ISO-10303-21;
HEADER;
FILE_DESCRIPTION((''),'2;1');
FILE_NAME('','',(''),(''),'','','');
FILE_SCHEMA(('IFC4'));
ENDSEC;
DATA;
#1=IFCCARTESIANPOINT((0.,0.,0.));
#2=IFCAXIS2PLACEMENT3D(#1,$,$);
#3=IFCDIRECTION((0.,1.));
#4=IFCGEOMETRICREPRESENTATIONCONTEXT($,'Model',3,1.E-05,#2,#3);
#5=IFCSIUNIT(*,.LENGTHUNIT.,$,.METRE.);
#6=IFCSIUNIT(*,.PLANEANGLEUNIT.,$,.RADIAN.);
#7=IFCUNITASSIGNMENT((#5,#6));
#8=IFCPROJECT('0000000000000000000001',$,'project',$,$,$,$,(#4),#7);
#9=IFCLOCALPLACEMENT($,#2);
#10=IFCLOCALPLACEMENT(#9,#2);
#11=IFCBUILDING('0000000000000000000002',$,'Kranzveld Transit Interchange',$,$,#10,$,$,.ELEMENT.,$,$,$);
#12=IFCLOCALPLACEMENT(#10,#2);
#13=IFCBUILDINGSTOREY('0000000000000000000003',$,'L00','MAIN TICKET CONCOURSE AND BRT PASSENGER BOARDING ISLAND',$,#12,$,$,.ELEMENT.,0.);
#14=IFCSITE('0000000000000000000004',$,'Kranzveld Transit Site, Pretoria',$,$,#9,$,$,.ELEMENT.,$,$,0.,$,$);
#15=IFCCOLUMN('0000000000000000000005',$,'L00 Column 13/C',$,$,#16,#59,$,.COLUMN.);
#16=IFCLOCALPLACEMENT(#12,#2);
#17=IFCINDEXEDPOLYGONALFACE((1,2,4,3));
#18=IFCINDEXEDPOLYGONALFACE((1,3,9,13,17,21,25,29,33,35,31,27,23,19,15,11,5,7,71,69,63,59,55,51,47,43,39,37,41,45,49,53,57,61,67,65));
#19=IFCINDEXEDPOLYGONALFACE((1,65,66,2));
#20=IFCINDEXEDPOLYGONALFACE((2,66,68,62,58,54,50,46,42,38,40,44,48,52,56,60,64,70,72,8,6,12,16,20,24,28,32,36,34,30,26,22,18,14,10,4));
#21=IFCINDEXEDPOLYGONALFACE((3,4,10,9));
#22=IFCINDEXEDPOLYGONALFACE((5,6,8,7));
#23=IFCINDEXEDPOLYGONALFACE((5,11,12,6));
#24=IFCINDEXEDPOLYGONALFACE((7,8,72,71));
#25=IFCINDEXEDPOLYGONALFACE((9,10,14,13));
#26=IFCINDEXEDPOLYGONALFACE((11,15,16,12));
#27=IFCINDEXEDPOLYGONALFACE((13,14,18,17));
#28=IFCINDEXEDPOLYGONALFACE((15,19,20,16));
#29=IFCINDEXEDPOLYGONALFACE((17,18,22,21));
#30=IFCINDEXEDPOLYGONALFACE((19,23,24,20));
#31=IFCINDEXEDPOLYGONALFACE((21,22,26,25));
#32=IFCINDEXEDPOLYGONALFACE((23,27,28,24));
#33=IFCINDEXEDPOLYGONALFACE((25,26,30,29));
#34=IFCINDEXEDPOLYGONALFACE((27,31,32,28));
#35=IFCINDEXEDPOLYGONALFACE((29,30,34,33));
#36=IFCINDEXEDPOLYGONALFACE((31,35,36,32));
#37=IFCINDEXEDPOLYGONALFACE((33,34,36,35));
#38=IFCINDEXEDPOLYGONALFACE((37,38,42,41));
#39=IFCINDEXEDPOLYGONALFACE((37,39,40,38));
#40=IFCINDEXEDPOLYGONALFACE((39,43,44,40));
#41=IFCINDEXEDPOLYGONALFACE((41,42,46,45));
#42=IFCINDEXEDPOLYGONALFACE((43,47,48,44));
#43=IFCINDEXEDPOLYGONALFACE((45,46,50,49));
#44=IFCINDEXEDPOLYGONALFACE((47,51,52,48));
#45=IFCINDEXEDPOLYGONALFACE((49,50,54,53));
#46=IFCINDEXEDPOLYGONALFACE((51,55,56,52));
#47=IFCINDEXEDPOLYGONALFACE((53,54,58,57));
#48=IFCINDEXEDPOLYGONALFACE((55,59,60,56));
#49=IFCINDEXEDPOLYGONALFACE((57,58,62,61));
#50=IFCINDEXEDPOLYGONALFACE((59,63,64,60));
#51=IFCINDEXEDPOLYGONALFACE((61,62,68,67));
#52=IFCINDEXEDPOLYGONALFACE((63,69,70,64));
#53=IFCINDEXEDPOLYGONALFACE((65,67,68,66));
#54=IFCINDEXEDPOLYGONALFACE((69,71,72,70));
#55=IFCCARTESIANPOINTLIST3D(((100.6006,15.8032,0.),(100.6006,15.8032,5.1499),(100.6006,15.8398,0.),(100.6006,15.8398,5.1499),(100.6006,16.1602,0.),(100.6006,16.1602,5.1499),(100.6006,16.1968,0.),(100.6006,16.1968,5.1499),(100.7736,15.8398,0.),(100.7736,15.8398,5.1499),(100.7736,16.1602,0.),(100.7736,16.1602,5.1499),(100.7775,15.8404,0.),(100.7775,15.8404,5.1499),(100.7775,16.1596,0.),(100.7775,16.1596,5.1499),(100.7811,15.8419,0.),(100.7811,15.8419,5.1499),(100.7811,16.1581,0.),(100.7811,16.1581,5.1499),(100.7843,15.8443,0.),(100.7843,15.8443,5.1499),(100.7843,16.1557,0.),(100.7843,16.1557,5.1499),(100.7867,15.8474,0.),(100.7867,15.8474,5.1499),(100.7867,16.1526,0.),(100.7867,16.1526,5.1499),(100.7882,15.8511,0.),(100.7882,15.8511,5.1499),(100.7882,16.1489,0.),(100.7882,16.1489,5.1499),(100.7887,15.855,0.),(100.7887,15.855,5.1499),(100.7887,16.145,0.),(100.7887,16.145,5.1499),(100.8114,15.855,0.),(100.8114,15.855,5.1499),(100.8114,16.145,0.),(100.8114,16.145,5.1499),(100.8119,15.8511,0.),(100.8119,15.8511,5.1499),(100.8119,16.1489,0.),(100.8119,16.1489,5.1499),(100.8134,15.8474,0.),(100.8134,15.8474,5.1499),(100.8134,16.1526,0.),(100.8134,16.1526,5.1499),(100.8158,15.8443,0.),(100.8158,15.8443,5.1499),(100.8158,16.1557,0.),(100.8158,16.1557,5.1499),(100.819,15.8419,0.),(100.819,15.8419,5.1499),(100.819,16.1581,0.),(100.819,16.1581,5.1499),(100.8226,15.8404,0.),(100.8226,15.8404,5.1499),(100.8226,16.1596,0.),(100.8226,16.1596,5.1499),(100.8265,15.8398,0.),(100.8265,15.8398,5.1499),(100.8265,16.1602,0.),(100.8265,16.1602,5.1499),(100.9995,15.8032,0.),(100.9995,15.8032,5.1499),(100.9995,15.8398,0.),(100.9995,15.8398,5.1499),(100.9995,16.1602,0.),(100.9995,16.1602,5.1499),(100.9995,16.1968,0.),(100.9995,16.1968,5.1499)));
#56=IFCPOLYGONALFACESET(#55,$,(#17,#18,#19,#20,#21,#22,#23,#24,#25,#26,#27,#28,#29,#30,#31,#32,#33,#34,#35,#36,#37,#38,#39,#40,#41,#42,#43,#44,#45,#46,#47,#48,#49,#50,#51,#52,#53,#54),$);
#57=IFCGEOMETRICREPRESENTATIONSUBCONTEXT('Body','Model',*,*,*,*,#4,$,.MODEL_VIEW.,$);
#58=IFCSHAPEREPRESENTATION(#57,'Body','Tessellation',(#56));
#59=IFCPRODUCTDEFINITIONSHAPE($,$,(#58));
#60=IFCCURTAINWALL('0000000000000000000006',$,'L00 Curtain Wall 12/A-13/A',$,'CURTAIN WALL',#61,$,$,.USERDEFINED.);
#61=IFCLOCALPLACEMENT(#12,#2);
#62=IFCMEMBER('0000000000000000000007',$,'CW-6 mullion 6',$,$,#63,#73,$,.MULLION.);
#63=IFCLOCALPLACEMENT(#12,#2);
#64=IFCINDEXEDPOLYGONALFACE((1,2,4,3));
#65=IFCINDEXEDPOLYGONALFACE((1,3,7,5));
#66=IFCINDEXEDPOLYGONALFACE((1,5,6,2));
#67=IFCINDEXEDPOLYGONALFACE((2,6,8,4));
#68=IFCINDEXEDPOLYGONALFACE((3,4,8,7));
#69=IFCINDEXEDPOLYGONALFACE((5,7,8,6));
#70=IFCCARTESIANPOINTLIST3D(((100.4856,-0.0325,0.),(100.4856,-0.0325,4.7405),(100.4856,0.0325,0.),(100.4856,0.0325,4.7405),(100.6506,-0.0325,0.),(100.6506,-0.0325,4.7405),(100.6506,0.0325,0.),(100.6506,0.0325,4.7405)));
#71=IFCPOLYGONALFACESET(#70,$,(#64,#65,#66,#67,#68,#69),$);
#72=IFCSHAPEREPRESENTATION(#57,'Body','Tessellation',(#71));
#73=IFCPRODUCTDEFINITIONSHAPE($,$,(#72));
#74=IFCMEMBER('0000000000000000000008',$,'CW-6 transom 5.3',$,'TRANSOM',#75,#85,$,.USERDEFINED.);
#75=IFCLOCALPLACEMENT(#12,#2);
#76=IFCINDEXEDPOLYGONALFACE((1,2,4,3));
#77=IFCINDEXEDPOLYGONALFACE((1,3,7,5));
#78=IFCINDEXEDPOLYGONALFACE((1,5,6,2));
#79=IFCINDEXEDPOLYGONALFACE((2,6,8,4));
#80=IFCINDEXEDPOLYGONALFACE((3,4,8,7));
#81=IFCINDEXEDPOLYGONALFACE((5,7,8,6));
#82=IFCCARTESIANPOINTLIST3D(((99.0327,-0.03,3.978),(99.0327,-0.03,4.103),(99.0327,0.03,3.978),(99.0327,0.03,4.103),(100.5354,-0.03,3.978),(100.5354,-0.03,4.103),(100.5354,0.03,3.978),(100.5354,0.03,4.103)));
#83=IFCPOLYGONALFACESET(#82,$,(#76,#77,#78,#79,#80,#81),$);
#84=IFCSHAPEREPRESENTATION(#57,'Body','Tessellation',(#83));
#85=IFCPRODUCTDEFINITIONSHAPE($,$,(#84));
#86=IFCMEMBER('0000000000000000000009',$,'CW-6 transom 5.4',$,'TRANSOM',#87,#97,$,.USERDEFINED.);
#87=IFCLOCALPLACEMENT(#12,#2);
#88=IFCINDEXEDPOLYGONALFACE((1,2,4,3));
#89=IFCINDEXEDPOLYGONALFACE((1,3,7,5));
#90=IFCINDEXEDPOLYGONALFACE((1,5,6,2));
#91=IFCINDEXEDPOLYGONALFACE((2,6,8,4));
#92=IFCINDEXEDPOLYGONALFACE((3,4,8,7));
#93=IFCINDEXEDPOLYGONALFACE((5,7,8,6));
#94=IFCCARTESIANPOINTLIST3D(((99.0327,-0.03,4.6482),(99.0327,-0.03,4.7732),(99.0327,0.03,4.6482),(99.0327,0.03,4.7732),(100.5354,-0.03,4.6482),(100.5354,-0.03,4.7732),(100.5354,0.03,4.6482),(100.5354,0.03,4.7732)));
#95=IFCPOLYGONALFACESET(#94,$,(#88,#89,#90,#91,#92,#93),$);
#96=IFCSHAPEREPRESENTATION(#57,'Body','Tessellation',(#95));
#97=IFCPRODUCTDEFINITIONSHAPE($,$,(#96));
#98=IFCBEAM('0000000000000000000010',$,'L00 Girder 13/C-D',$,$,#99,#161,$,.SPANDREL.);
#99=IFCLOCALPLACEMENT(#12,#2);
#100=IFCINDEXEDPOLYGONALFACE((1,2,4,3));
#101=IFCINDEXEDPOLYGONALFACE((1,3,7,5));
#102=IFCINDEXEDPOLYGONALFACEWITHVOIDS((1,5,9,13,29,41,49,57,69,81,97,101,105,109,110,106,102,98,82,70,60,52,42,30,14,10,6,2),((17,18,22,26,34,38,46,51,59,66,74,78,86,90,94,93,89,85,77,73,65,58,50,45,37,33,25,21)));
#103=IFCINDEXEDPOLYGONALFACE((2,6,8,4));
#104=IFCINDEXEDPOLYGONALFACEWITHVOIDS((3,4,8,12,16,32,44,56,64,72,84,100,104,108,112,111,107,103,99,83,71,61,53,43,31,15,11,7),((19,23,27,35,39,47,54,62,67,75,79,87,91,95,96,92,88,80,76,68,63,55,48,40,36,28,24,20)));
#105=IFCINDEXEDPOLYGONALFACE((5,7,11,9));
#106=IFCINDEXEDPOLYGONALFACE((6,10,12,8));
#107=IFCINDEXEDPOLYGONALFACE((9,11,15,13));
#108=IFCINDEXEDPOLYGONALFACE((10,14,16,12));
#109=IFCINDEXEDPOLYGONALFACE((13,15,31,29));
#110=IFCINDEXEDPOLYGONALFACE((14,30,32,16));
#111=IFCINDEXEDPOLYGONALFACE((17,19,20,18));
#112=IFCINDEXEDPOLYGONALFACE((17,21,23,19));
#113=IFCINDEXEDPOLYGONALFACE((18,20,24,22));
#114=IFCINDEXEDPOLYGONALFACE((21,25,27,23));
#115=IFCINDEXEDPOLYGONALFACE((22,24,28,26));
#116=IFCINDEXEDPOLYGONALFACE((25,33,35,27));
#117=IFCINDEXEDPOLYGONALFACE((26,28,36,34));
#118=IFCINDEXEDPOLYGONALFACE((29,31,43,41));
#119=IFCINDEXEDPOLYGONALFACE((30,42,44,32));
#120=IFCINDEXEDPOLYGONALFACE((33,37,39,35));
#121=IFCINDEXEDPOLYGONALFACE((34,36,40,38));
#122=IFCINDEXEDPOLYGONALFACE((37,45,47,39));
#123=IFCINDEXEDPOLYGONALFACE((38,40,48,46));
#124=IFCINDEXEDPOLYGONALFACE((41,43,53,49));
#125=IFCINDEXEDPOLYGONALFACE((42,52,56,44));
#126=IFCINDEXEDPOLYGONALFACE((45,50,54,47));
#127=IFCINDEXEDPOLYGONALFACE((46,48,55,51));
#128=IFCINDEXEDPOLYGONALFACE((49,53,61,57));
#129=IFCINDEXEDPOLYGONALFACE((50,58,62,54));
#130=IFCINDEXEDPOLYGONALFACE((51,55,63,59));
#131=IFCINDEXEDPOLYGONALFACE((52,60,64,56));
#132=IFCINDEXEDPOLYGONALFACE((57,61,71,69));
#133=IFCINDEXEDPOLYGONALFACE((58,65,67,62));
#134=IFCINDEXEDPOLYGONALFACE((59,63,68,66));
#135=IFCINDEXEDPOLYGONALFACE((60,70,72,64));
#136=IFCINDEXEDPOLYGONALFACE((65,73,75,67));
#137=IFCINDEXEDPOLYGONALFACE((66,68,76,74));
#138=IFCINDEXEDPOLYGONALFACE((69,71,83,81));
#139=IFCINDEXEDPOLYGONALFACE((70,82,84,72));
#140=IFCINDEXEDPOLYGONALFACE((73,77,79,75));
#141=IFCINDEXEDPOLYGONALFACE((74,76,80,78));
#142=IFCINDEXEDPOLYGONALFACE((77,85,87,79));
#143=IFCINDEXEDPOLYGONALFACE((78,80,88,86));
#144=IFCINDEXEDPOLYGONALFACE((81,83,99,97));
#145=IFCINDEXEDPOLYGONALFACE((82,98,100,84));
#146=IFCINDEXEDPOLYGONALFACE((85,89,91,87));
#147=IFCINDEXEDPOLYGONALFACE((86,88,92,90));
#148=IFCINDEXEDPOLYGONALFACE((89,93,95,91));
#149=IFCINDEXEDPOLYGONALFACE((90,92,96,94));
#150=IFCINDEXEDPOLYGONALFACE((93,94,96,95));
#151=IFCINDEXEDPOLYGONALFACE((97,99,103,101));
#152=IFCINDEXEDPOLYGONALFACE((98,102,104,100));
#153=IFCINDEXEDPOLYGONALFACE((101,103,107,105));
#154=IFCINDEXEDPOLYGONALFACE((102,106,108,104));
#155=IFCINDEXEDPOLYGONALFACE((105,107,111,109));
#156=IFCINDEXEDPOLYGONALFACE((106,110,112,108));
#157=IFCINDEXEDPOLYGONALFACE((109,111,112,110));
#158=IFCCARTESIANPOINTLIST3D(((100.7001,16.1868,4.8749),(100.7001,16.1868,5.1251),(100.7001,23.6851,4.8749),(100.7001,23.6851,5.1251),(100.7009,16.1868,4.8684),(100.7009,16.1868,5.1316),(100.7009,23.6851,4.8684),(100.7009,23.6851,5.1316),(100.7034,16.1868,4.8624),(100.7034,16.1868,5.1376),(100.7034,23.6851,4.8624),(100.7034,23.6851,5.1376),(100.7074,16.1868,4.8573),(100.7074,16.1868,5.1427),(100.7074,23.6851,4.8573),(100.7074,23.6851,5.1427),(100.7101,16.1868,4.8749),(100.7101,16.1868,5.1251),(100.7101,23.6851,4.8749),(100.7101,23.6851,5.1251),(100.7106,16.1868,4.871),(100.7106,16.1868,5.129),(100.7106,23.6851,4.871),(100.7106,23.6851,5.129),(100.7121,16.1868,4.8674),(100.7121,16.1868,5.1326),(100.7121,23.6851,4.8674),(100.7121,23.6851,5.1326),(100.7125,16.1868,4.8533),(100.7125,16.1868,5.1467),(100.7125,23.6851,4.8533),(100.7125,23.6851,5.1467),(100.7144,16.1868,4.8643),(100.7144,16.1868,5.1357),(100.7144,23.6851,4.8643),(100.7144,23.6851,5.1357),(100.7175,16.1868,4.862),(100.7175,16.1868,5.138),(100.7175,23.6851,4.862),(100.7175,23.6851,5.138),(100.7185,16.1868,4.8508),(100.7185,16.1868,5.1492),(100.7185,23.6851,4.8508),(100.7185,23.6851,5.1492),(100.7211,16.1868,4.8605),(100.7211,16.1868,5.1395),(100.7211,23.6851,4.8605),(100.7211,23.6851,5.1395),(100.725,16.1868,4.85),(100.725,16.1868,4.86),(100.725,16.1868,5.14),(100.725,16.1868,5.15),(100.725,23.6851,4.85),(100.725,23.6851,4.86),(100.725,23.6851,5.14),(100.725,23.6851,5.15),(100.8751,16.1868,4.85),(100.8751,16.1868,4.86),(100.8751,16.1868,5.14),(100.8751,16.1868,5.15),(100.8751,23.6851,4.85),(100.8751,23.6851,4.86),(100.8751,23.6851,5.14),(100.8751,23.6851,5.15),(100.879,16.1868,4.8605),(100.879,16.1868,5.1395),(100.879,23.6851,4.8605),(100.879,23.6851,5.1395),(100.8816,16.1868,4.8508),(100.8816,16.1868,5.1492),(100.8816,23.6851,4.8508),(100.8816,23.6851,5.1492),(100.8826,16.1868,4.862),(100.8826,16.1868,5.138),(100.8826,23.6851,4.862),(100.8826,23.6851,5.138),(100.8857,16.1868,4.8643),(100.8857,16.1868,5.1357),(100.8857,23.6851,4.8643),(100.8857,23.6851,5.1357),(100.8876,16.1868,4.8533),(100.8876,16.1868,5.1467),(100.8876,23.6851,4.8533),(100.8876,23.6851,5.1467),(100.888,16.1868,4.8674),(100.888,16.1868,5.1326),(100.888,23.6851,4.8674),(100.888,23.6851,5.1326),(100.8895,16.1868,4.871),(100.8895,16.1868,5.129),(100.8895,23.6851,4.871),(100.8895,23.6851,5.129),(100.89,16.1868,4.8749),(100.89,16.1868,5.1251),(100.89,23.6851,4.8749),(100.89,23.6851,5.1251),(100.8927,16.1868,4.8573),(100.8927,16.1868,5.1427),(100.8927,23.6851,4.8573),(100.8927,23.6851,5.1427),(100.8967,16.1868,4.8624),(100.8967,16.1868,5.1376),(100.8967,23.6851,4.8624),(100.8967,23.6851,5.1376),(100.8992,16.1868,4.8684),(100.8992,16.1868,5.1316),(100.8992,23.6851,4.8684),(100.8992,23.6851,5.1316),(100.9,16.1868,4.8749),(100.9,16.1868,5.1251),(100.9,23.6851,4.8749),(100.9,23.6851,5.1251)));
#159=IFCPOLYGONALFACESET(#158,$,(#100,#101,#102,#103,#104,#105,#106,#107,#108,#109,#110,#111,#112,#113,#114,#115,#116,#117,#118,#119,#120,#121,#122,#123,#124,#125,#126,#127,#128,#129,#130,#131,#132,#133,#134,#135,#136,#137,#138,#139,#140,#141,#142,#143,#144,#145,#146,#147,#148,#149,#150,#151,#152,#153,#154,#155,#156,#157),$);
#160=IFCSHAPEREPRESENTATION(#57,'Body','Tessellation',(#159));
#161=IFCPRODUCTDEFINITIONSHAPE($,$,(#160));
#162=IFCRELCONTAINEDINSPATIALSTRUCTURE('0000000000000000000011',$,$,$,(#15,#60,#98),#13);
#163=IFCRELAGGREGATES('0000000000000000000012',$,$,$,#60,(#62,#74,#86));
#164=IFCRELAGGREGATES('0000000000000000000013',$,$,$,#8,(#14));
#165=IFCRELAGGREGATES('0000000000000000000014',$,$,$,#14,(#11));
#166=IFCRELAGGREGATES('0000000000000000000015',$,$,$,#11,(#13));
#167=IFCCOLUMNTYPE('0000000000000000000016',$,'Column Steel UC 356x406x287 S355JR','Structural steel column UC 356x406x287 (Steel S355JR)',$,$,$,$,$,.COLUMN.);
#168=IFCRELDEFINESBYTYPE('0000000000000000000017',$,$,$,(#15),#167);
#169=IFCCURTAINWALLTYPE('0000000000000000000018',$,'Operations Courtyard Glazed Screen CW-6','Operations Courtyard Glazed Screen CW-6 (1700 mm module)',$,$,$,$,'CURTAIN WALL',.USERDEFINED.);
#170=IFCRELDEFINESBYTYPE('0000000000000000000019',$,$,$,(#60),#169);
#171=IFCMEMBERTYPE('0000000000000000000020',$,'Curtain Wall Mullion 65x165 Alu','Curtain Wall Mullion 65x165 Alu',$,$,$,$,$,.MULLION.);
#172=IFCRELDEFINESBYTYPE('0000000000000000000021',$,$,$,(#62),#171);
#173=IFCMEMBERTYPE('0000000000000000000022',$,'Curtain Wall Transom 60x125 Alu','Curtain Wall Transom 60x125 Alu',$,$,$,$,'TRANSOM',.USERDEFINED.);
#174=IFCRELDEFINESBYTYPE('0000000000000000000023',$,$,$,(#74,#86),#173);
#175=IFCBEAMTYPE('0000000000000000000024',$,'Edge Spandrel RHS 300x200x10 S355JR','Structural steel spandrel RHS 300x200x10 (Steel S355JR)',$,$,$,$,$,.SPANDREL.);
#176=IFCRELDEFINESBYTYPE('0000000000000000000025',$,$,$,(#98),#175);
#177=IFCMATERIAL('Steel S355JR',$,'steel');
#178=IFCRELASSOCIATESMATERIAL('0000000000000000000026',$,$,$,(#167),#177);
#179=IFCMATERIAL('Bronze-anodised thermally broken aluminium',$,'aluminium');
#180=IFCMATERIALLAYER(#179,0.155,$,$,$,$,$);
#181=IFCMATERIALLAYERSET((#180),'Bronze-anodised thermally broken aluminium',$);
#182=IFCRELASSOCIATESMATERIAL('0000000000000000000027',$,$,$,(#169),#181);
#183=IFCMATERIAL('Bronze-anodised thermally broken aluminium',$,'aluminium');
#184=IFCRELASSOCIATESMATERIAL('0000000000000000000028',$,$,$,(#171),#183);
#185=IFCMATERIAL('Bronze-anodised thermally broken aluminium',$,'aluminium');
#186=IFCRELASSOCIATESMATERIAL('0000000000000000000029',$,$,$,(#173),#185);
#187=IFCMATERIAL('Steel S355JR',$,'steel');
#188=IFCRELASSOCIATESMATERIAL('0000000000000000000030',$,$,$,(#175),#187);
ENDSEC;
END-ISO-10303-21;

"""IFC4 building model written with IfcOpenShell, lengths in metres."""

from ifc_helpers import new_model, si_unit, direction, frame, origin, origin_2d, place, context, subcontext, project, spatial, rectangle, hollow_rectangle, i_section, extrude, material, layer, layer_set, material_profile, profile_set, type_object, element, aggregate, save


model = new_model("IFC4")

# Units and contexts
model_context = context("Model", 3, precision=1e-05, world=origin(), true_north=direction((0.0, 1.0)))
body_context = subcontext(model_context, "Body", "Model", "MODEL_VIEW")
ifc_project = project(units=[si_unit("LENGTHUNIT", "METRE"), si_unit("PLANEANGLEUNIT", "RADIAN")], contexts=[model_context])

# Site, building, storey
site_placement = place(None, origin())
site = spatial("IfcSite", under=ifc_project, at=site_placement, Name="Kranzveld Transit Site, Pretoria", CompositionType="ELEMENT", RefElevation=0.0)
building_placement = place(site_placement, origin())
building = spatial("IfcBuilding", under=site, at=building_placement, Name="Kranzveld Transit Interchange", CompositionType="ELEMENT")
storey_placement = place(building_placement, origin())
storey = spatial("IfcBuildingStorey", under=building, at=storey_placement, Name="L00", Description="MAIN TICKET CONCOURSE AND BRT PASSENGER BOARDING ISLAND", CompositionType="ELEMENT", Elevation=0.0)

# Column
ifc_material_1 = material(Name="Steel S355JR", Category="steel")
ifc_material_profile_1 = material_profile(ifc_material_1, i_section(OverallWidth=0.3989, OverallDepth=0.3936, WebThickness=0.0227, FlangeThickness=0.0366, FilletRadius=0.0151, at=origin_2d()), Name="UC 356x406x287")
ifc_profile_set_1 = profile_set([ifc_material_profile_1], Name="Steel S355JR")
column_type_1 = type_object("IfcColumnType", Name="Column Steel UC 356x406x287 S355JR", Description="Structural steel column UC 356x406x287 (Steel S355JR)", PredefinedType="COLUMN", material=ifc_profile_set_1)
for number, where, z_axis, x_axis, name in (
    (1, (100.8, 16.0, 0.0), (0.0, 0.0, 1.0), (1.0, 0.0, 0.0), "L00 Column 13/C"),
):
    element("IfcColumn", number, at=place(storey_placement, frame(where, z_axis=z_axis, x_axis=x_axis)), inside=storey, type_object=column_type_1, Name=name, PredefinedType="COLUMN", context=body_context, shape_type="SweptSolid", body=[
        extrude(i_section(OverallWidth=0.3989, OverallDepth=0.3936, WebThickness=0.0227, FlangeThickness=0.0366, FilletRadius=0.0151, at=origin_2d()), origin(), (0.0, 0.0, 1.0), 5.1499),
    ])

# Curtain wall, members
ifc_material_2 = material(Name="Bronze-anodised thermally broken aluminium", Category="aluminium")
ifc_layer_1 = layer(ifc_material_2, 0.155)
ifc_layer_set_1 = layer_set([ifc_layer_1], Name="Bronze-anodised thermally broken aluminium")
curtain_wall_type = type_object("IfcCurtainWallType", Name="Operations Courtyard Glazed Screen CW-6", Description="Operations Courtyard Glazed Screen CW-6 (1700 mm module)", ElementType="CURTAIN WALL", PredefinedType="USERDEFINED", material=ifc_layer_set_1)
curtain_wall_placement = place(storey_placement, origin())
curtain_wall = element("IfcCurtainWall", 2, at=curtain_wall_placement, inside=storey, type_object=curtain_wall_type, Name="L00 Curtain Wall 12/A-13/A", ObjectType="CURTAIN WALL", PredefinedType="USERDEFINED")
ifc_material_3 = material(Name="Bronze-anodised thermally broken aluminium", Category="aluminium")
ifc_material_profile_2 = material_profile(ifc_material_3, rectangle(XDim=0.0649, YDim=0.165, at=origin_2d()), Name="ALU MULLION 65x165")
ifc_profile_set_2 = profile_set([ifc_material_profile_2], Name="Bronze-anodised thermally broken aluminium")
member_type_1 = type_object("IfcMemberType", Name="Curtain Wall Mullion 65x165 Alu", Description="Curtain Wall Mullion 65x165 Alu", PredefinedType="MULLION", material=ifc_profile_set_2)
member_1_placement = place(storey_placement, frame((100.5681, 0.0, 0.0), z_axis=(0.0, 0.0, 1.0), x_axis=(0.0, 1.0, 0.0)))
member_1 = element("IfcMember", 3, at=member_1_placement, type_object=member_type_1, Name="CW-6 mullion 6", PredefinedType="MULLION", context=body_context, shape_type="SweptSolid", body=[
    extrude(rectangle(XDim=0.0649, YDim=0.165, at=origin_2d()), origin(), (0.0, 0.0, 1.0), 4.7405),
])
ifc_material_4 = material(Name="Bronze-anodised thermally broken aluminium", Category="aluminium")
ifc_material_profile_3 = material_profile(ifc_material_4, rectangle(XDim=0.0601, YDim=0.125, at=origin_2d()), Name="ALU TRANSOM 60x125")
ifc_profile_set_3 = profile_set([ifc_material_profile_3], Name="Bronze-anodised thermally broken aluminium")
member_type_2 = type_object("IfcMemberType", Name="Curtain Wall Transom 60x125 Alu", Description="Curtain Wall Transom 60x125 Alu", ElementType="TRANSOM", PredefinedType="USERDEFINED", material=ifc_profile_set_3)
member_2_placement = place(storey_placement, frame((99.0327, 0.0, 4.0405), z_axis=(1.0, 0.0, 0.0), x_axis=(0.0, 1.0, 0.0)))
member_2 = element("IfcMember", 4, at=member_2_placement, type_object=member_type_2, Name="CW-6 transom 5.3", ObjectType="TRANSOM", PredefinedType="USERDEFINED", context=body_context, shape_type="SweptSolid", body=[
    extrude(rectangle(XDim=0.0601, YDim=0.125, at=origin_2d()), origin(), (0.0, 0.0, 1.0), 1.5027),
])
member_3_placement = place(storey_placement, frame((99.0327, 0.0, 4.7107), z_axis=(1.0, 0.0, 0.0), x_axis=(0.0, 1.0, 0.0)))
member_3 = element("IfcMember", 5, at=member_3_placement, type_object=member_type_2, Name="CW-6 transom 5.4", ObjectType="TRANSOM", PredefinedType="USERDEFINED", context=body_context, shape_type="SweptSolid", body=[
    extrude(rectangle(XDim=0.0601, YDim=0.125, at=origin_2d()), origin(), (0.0, 0.0, 1.0), 1.5027),
])

# Beam
ifc_material_5 = material(Name="Steel S355JR", Category="steel")
ifc_material_profile_4 = material_profile(ifc_material_5, hollow_rectangle(XDim=0.2, YDim=0.3, WallThickness=0.01, InnerFilletRadius=0.0149, OuterFilletRadius=0.0249, at=origin_2d()), Name="RHS 300x200x10")
ifc_profile_set_4 = profile_set([ifc_material_profile_4], Name="Steel S355JR")
beam_type_1 = type_object("IfcBeamType", Name="Edge Spandrel RHS 300x200x10 S355JR", Description="Structural steel spandrel RHS 300x200x10 (Steel S355JR)", PredefinedType="SPANDREL", material=ifc_profile_set_4)
beam_1_placement = place(storey_placement, frame((100.8, 16.1868, 5.0), z_axis=(0.0, 1.0, 0.0), x_axis=(-1.0, 0.0, 0.0)))
element("IfcBeam", 6, at=beam_1_placement, inside=storey, type_object=beam_type_1, Name="L00 Girder 13/C-D", PredefinedType="SPANDREL", context=body_context, shape_type="SweptSolid", body=[
    extrude(hollow_rectangle(XDim=0.2, YDim=0.3, WallThickness=0.01, InnerFilletRadius=0.0149, OuterFilletRadius=0.0249, at=origin_2d()), origin(), (0.0, 0.0, 1.0), 7.4983),
])

aggregate(curtain_wall, [member_1, member_2, member_3])

save(model, "model.ifc")
